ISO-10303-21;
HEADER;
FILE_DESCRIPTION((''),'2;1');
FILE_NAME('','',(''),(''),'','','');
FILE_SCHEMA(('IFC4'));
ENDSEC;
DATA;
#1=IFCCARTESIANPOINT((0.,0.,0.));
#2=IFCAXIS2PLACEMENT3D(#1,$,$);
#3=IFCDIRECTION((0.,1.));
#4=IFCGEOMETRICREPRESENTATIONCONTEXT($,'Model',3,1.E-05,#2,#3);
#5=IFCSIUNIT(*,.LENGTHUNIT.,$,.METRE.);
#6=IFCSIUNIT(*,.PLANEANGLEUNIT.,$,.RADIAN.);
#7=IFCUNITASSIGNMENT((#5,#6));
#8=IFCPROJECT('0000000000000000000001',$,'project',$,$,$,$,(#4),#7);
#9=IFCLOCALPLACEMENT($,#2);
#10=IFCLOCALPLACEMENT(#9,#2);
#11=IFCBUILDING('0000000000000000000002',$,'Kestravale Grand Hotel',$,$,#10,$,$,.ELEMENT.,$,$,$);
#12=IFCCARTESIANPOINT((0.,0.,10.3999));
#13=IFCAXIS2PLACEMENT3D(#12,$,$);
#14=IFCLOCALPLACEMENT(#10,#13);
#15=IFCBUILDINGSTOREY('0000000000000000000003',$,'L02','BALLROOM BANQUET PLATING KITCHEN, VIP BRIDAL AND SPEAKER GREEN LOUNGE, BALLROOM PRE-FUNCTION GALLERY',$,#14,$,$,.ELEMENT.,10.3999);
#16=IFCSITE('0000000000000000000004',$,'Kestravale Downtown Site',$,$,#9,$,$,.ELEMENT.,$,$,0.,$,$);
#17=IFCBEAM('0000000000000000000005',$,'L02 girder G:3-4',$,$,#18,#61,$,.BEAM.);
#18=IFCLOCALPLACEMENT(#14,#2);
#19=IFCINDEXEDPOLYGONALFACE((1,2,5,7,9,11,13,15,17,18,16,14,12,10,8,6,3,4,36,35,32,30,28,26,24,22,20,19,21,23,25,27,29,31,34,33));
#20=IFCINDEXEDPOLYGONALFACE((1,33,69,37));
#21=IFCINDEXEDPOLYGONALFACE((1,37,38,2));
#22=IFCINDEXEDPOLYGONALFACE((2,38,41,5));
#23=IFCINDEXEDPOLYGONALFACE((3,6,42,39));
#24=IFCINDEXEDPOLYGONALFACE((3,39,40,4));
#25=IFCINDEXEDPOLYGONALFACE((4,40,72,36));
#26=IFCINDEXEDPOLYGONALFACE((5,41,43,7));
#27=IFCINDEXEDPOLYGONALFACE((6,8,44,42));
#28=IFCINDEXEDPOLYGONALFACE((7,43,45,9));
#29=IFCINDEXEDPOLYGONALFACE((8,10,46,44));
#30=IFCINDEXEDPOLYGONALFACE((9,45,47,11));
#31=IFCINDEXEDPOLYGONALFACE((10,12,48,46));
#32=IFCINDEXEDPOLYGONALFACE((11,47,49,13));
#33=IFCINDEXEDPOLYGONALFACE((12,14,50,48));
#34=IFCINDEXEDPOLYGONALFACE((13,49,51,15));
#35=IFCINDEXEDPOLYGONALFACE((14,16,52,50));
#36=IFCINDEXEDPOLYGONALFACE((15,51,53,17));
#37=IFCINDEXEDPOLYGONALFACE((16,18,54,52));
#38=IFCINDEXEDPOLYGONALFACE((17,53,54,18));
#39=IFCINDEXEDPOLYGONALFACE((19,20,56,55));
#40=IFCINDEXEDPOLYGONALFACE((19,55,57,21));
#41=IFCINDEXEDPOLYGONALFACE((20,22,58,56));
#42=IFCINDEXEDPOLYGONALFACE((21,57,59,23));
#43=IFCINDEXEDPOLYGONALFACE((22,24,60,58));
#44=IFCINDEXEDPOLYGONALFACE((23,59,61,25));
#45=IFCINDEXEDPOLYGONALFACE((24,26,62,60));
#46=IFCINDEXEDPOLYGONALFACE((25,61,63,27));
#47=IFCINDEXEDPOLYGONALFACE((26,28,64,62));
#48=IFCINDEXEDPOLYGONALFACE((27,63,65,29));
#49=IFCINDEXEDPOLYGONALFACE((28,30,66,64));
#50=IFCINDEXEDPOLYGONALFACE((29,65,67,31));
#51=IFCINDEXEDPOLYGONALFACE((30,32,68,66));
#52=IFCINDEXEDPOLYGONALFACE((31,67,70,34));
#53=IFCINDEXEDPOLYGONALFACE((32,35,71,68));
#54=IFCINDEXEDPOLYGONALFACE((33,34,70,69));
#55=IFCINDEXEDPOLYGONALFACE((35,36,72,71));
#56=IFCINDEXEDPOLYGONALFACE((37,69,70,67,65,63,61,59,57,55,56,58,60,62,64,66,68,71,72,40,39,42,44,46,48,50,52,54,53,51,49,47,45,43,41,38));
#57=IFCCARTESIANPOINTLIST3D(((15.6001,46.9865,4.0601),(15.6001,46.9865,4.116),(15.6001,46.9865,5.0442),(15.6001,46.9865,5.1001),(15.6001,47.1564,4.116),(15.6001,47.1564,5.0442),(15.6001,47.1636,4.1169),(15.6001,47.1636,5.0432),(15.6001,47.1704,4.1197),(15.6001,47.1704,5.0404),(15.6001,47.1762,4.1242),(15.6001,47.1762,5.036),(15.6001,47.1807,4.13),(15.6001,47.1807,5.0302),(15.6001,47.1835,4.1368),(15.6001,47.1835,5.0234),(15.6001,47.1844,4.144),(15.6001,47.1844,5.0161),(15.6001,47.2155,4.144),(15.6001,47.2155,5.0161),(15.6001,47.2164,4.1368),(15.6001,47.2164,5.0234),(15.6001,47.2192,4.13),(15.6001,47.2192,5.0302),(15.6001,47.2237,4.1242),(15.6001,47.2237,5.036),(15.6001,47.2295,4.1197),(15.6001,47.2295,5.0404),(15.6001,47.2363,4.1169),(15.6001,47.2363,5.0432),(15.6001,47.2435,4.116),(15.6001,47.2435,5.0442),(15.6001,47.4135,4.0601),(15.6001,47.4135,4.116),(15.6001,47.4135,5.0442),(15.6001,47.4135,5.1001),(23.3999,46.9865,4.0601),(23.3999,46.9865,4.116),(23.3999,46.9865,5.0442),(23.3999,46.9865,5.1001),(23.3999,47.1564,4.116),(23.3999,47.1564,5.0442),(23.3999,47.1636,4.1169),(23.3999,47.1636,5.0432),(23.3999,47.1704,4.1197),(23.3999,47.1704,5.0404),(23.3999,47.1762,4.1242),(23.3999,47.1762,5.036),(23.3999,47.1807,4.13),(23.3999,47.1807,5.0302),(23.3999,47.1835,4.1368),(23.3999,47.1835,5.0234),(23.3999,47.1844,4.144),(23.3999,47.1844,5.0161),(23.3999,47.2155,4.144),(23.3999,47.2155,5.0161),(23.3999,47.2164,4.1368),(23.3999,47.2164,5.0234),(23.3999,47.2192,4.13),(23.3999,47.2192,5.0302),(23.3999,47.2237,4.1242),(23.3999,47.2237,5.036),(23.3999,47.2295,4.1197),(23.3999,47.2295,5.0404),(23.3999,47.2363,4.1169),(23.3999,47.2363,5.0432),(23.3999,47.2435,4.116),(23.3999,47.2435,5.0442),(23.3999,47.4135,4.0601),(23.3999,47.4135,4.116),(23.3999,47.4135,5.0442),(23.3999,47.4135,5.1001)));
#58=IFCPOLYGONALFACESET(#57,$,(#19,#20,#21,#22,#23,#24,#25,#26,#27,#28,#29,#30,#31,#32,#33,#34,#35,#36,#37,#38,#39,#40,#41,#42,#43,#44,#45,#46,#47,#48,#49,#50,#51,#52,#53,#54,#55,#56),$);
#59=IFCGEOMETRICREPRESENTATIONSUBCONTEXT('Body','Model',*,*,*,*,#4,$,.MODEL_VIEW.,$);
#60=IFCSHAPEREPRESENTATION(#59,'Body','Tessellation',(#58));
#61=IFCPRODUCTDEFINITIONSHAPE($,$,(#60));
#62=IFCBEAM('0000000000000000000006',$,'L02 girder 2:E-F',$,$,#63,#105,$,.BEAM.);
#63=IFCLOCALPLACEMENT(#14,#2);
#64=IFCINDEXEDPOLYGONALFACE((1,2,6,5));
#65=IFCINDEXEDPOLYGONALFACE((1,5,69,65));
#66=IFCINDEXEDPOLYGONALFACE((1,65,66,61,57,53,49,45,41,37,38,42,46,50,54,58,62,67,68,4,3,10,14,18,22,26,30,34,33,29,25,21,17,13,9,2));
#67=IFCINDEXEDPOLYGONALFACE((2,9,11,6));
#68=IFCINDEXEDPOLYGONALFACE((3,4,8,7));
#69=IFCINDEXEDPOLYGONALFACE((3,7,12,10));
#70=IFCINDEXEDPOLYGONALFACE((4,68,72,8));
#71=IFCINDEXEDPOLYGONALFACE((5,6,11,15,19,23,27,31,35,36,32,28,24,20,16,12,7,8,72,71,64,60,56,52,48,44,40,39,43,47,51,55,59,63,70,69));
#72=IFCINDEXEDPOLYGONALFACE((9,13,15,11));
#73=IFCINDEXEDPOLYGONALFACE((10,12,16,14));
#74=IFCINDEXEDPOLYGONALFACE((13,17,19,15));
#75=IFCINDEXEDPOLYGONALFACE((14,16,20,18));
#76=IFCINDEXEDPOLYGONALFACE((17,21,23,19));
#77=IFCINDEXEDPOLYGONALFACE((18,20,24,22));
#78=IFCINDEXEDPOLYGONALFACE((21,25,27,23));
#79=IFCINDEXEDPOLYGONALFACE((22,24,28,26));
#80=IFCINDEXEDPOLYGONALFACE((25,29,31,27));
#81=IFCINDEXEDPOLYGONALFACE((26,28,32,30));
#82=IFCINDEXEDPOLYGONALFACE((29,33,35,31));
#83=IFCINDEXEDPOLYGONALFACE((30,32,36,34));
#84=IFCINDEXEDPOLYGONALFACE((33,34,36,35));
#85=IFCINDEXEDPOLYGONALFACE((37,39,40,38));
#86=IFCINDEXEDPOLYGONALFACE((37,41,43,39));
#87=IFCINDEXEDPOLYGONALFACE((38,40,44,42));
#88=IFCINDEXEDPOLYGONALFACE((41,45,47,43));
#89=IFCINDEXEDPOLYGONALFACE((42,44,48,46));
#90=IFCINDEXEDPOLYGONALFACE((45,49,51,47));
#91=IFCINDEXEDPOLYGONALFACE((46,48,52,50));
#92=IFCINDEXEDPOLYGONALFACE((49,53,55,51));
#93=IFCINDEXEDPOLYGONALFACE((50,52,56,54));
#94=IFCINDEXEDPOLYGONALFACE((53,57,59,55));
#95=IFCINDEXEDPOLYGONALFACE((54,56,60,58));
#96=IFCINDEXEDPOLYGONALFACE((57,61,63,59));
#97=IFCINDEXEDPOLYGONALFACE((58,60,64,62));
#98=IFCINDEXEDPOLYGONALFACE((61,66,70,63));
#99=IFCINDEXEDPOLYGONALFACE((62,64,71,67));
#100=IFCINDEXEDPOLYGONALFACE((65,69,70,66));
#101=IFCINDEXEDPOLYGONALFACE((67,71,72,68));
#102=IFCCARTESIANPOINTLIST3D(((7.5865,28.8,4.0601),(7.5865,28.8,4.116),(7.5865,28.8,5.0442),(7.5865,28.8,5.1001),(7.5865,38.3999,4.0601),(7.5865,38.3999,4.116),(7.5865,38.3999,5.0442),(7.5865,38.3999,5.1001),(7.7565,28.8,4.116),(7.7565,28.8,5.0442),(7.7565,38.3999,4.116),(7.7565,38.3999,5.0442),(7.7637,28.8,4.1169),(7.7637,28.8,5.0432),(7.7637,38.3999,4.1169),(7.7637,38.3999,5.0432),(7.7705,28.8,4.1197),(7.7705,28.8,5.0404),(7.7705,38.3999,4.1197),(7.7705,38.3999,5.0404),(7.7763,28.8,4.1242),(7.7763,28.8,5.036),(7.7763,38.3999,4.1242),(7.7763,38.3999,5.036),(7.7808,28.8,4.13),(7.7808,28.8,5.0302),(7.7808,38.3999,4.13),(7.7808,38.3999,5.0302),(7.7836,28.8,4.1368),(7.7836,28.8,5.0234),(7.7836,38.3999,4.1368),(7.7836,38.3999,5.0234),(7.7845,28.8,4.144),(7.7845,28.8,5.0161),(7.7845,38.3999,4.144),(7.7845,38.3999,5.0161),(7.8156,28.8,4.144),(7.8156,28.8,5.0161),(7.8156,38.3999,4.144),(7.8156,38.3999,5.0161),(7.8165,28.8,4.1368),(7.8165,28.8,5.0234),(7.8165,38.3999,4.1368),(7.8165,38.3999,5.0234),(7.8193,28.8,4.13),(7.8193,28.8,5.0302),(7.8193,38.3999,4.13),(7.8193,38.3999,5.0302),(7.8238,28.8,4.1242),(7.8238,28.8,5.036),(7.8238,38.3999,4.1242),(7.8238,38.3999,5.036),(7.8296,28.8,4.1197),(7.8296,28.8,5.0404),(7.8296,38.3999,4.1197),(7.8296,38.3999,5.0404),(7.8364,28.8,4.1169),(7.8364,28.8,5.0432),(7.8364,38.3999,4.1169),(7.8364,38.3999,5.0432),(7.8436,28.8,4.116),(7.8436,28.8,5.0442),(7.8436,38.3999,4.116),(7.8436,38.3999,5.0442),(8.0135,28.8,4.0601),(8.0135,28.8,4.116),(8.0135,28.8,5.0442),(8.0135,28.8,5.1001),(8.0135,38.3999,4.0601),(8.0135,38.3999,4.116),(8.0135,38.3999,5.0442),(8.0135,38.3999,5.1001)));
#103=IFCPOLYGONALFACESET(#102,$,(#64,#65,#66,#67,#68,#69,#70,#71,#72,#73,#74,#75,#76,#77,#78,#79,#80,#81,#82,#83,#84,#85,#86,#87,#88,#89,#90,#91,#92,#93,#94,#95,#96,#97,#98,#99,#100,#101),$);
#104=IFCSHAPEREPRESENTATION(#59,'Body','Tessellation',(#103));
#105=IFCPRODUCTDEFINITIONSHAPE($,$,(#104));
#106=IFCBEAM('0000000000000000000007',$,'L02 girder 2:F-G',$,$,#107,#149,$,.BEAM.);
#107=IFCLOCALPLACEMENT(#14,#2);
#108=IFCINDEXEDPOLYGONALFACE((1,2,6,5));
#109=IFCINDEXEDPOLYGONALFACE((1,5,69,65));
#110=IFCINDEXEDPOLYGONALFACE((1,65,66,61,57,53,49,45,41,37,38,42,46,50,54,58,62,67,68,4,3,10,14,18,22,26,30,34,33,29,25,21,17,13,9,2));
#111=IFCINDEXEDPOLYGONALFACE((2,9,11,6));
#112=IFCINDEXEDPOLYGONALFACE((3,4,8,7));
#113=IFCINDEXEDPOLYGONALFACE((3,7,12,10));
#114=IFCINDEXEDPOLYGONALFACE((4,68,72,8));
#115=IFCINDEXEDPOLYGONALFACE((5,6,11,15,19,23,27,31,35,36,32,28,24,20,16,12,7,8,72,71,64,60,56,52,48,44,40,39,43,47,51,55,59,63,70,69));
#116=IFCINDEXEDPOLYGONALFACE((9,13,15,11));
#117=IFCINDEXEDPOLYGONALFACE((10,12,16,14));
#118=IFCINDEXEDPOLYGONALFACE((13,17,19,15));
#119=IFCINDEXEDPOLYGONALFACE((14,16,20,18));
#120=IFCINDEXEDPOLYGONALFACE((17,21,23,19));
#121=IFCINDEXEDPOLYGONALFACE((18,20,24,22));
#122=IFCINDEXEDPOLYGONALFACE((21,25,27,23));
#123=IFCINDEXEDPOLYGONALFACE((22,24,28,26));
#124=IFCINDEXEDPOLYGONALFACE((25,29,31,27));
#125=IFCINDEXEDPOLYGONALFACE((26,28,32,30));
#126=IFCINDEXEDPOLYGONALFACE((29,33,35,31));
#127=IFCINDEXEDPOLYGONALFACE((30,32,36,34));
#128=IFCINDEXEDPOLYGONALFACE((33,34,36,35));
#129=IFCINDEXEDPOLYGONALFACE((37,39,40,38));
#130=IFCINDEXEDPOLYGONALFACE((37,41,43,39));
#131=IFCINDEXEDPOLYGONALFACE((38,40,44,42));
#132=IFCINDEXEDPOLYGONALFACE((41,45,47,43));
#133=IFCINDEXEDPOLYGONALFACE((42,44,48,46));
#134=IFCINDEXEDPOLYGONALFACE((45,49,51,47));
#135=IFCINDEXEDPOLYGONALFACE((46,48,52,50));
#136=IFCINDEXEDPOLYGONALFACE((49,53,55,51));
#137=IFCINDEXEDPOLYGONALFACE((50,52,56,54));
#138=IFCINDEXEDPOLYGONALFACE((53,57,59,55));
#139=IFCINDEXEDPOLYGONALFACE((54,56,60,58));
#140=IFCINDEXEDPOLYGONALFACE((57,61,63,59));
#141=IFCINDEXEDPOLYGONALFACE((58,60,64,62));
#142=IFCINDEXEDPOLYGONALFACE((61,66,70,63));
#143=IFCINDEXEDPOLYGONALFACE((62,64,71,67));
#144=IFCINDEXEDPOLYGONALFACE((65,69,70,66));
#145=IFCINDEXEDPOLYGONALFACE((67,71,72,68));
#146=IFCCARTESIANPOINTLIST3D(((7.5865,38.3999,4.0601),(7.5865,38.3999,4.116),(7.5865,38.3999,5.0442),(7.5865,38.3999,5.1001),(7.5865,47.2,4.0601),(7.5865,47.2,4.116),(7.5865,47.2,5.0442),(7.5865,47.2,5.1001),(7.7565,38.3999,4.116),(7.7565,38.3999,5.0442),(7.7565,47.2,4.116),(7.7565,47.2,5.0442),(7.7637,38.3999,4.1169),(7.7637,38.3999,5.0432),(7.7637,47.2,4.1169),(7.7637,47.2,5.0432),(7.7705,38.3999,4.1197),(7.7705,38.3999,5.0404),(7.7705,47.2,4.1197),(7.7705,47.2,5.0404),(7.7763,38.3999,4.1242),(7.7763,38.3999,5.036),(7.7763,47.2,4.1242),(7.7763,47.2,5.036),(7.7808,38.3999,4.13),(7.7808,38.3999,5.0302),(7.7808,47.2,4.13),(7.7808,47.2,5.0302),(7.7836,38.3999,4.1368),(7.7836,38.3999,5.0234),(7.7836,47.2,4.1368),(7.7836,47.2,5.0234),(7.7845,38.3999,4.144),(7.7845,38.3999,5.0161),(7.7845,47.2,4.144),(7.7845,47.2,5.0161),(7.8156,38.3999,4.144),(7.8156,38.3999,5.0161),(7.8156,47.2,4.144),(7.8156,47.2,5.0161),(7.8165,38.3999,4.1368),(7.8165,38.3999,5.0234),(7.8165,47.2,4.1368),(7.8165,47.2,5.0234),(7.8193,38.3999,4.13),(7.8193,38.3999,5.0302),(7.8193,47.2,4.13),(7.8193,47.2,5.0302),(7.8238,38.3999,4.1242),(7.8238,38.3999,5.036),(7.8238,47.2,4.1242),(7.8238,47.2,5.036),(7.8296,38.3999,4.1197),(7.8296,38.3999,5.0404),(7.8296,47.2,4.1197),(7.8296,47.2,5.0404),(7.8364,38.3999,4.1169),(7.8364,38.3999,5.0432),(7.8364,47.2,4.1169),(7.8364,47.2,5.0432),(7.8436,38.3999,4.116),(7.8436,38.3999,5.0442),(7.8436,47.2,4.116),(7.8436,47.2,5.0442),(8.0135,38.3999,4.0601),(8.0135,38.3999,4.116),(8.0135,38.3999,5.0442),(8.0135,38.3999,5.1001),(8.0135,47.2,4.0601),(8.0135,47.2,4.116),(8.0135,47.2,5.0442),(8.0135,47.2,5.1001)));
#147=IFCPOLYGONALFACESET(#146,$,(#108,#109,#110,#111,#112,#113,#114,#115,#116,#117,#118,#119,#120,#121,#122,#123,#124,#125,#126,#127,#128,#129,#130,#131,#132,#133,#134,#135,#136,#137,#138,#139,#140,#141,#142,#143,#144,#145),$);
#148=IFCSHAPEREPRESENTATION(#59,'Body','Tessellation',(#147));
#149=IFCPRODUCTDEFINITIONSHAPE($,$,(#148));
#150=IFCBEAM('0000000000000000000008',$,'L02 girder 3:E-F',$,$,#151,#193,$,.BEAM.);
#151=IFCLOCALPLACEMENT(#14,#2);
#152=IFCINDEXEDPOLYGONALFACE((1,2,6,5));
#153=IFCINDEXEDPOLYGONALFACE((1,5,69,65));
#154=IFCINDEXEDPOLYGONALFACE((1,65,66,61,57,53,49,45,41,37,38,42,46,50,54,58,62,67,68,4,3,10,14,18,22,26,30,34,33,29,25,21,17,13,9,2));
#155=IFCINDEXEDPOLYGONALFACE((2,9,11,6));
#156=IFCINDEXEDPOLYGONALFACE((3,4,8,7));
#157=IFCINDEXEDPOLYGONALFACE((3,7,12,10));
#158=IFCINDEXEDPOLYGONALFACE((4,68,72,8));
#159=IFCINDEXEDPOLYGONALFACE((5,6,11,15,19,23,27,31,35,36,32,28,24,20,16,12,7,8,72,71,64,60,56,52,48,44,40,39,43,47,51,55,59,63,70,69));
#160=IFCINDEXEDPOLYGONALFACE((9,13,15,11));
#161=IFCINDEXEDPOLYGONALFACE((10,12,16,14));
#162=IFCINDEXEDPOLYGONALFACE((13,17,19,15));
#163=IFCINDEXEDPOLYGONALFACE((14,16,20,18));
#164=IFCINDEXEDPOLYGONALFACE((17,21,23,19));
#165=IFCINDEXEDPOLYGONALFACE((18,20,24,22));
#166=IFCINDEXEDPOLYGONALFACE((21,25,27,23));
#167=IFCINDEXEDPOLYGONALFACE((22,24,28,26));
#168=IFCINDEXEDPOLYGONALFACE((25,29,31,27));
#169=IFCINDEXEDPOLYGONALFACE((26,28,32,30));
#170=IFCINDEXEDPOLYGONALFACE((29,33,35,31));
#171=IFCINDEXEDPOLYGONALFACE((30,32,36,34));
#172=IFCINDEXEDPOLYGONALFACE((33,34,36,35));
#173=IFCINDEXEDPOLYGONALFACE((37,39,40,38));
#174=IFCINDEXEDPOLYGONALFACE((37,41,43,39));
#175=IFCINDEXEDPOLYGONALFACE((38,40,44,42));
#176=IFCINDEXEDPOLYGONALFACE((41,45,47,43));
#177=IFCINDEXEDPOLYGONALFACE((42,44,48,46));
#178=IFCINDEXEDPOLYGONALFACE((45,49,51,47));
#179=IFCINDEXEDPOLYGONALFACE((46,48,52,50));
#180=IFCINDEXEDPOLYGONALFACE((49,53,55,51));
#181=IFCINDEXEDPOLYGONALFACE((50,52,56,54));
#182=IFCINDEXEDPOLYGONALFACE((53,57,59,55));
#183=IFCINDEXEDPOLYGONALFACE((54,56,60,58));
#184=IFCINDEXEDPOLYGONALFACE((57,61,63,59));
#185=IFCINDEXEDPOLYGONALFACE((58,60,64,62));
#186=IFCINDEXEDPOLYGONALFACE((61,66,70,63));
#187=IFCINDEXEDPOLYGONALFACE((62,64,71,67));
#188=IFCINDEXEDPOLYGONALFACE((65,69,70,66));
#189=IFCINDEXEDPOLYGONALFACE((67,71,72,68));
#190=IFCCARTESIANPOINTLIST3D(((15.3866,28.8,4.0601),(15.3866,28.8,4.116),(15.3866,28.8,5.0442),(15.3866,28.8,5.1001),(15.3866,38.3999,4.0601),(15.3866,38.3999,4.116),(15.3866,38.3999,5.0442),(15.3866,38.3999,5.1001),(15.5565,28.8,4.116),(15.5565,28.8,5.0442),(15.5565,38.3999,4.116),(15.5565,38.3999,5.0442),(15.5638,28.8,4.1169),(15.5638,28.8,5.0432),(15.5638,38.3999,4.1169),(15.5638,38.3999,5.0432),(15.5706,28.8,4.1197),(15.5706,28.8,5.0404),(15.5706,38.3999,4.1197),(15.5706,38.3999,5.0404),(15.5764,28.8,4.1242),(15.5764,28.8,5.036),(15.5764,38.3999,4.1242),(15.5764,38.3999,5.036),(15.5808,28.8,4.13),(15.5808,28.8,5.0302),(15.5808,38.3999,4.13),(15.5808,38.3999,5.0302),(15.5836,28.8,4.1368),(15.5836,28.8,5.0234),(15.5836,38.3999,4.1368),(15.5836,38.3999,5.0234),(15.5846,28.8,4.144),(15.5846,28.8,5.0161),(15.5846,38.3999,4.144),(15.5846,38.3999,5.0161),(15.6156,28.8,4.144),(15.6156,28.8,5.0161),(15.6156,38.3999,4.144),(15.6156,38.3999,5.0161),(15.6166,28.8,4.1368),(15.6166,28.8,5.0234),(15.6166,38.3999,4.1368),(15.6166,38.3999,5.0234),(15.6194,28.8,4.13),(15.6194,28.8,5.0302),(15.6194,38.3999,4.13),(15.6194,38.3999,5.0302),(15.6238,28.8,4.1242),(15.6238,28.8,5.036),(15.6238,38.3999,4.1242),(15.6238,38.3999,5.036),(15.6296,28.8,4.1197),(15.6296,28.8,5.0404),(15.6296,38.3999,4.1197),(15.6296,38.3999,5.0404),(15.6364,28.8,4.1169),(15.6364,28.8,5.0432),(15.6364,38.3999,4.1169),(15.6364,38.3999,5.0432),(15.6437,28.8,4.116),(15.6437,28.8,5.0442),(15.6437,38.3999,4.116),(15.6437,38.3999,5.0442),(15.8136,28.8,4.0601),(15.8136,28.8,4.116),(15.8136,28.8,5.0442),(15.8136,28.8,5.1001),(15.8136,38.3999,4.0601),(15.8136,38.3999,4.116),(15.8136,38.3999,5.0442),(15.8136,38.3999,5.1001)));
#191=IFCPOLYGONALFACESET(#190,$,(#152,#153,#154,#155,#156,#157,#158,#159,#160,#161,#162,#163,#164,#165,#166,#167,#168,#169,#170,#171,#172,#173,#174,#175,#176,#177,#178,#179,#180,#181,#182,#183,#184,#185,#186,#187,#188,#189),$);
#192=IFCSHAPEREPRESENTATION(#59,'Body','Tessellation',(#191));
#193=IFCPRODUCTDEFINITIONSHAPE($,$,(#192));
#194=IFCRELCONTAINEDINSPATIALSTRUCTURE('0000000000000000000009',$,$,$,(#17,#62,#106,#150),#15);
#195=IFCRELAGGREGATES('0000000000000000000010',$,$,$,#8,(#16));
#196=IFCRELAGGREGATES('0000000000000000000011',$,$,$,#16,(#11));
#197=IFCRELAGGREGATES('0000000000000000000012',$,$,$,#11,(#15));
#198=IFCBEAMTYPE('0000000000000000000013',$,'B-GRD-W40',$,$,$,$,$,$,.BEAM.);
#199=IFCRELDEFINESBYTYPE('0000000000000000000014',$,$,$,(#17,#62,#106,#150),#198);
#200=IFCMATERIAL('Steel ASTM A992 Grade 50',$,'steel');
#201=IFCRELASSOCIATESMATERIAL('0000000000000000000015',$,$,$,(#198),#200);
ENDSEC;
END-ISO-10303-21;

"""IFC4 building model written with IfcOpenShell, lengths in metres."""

from ifc_helpers import new_model, si_unit, direction, frame, origin, origin_2d, place, context, subcontext, project, spatial, i_section, extrude, material, material_profile, profile_set, type_object, element, save


model = new_model("IFC4")

# Units and contexts
model_context = context("Model", 3, precision=1e-05, world=origin(), true_north=direction((0.0, 1.0)))
body_context = subcontext(model_context, "Body", "Model", "MODEL_VIEW")
ifc_project = project(units=[si_unit("LENGTHUNIT", "METRE"), si_unit("PLANEANGLEUNIT", "RADIAN")], contexts=[model_context])

# Site, building, storey
site_placement = place(None, origin())
site = spatial("IfcSite", under=ifc_project, at=site_placement, Name="Kestravale Downtown Site", CompositionType="ELEMENT", RefElevation=0.0)
building_placement = place(site_placement, origin())
building = spatial("IfcBuilding", under=site, at=building_placement, Name="Kestravale Grand Hotel", CompositionType="ELEMENT")
storey_placement = place(building_placement, frame((0.0, 0.0, 10.3999)))
storey = spatial("IfcBuildingStorey", under=building, at=storey_placement, Name="L02", Description="BALLROOM BANQUET PLATING KITCHEN, VIP BRIDAL AND SPEAKER GREEN LOUNGE, BALLROOM PRE-FUNCTION GALLERY", CompositionType="ELEMENT", Elevation=10.3999)

# Beams
ifc_material_1 = material(Name="Steel ASTM A992 Grade 50", Category="steel")
ifc_material_profile_1 = material_profile(ifc_material_1, i_section(OverallWidth=0.427, OverallDepth=1.04, WebThickness=0.031, FlangeThickness=0.0559, FilletRadius=0.0281, at=origin_2d()))
ifc_profile_set_1 = profile_set([ifc_material_profile_1], Name="Steel ASTM A992 Grade 50")
beam_type_1 = type_object("IfcBeamType", Name="B-GRD-W40", PredefinedType="BEAM", material=ifc_profile_set_1)
beam_1_placement = place(storey_placement, frame((15.6001, 47.2, 4.5801), z_axis=(1.0, 0.0, 0.0), x_axis=(0.0, 1.0, 0.0)))
element("IfcBeam", 1, at=beam_1_placement, inside=storey, type_object=beam_type_1, Name="L02 girder G:3-4", PredefinedType="BEAM", context=body_context, shape_type="SweptSolid", body=[
    extrude(i_section(OverallWidth=0.427, OverallDepth=1.04, WebThickness=0.031, FlangeThickness=0.0559, FilletRadius=0.0281, at=origin_2d()), origin(), (0.0, 0.0, 1.0), 7.7998),
])
beam_2_placement = place(storey_placement, frame((7.8, 28.8, 4.5801), z_axis=(0.0, 1.0, 0.0), x_axis=(-1.0, 0.0, 0.0)))
element("IfcBeam", 2, at=beam_2_placement, inside=storey, type_object=beam_type_1, Name="L02 girder 2:E-F", PredefinedType="BEAM", context=body_context, shape_type="SweptSolid", body=[
    extrude(i_section(OverallWidth=0.427, OverallDepth=1.04, WebThickness=0.031, FlangeThickness=0.0559, FilletRadius=0.0281, at=origin_2d()), origin(), (0.0, 0.0, 1.0), 9.5999),
])
beam_3_placement = place(storey_placement, frame((7.8, 38.3999, 4.5801), z_axis=(0.0, 1.0, 0.0), x_axis=(-1.0, 0.0, 0.0)))
element("IfcBeam", 3, at=beam_3_placement, inside=storey, type_object=beam_type_1, Name="L02 girder 2:F-G", PredefinedType="BEAM", context=body_context, shape_type="SweptSolid", body=[
    extrude(i_section(OverallWidth=0.427, OverallDepth=1.04, WebThickness=0.031, FlangeThickness=0.0559, FilletRadius=0.0281, at=origin_2d()), origin(), (0.0, 0.0, 1.0), 8.8),
])
beam_4_placement = place(storey_placement, frame((15.6001, 28.8, 4.5801), z_axis=(0.0, 1.0, 0.0), x_axis=(-1.0, 0.0, 0.0)))
element("IfcBeam", 4, at=beam_4_placement, inside=storey, type_object=beam_type_1, Name="L02 girder 3:E-F", PredefinedType="BEAM", context=body_context, shape_type="SweptSolid", body=[
    extrude(i_section(OverallWidth=0.427, OverallDepth=1.04, WebThickness=0.031, FlangeThickness=0.0559, FilletRadius=0.0281, at=origin_2d()), origin(), (0.0, 0.0, 1.0), 9.5999),
])

save(model, "model.ifc")
